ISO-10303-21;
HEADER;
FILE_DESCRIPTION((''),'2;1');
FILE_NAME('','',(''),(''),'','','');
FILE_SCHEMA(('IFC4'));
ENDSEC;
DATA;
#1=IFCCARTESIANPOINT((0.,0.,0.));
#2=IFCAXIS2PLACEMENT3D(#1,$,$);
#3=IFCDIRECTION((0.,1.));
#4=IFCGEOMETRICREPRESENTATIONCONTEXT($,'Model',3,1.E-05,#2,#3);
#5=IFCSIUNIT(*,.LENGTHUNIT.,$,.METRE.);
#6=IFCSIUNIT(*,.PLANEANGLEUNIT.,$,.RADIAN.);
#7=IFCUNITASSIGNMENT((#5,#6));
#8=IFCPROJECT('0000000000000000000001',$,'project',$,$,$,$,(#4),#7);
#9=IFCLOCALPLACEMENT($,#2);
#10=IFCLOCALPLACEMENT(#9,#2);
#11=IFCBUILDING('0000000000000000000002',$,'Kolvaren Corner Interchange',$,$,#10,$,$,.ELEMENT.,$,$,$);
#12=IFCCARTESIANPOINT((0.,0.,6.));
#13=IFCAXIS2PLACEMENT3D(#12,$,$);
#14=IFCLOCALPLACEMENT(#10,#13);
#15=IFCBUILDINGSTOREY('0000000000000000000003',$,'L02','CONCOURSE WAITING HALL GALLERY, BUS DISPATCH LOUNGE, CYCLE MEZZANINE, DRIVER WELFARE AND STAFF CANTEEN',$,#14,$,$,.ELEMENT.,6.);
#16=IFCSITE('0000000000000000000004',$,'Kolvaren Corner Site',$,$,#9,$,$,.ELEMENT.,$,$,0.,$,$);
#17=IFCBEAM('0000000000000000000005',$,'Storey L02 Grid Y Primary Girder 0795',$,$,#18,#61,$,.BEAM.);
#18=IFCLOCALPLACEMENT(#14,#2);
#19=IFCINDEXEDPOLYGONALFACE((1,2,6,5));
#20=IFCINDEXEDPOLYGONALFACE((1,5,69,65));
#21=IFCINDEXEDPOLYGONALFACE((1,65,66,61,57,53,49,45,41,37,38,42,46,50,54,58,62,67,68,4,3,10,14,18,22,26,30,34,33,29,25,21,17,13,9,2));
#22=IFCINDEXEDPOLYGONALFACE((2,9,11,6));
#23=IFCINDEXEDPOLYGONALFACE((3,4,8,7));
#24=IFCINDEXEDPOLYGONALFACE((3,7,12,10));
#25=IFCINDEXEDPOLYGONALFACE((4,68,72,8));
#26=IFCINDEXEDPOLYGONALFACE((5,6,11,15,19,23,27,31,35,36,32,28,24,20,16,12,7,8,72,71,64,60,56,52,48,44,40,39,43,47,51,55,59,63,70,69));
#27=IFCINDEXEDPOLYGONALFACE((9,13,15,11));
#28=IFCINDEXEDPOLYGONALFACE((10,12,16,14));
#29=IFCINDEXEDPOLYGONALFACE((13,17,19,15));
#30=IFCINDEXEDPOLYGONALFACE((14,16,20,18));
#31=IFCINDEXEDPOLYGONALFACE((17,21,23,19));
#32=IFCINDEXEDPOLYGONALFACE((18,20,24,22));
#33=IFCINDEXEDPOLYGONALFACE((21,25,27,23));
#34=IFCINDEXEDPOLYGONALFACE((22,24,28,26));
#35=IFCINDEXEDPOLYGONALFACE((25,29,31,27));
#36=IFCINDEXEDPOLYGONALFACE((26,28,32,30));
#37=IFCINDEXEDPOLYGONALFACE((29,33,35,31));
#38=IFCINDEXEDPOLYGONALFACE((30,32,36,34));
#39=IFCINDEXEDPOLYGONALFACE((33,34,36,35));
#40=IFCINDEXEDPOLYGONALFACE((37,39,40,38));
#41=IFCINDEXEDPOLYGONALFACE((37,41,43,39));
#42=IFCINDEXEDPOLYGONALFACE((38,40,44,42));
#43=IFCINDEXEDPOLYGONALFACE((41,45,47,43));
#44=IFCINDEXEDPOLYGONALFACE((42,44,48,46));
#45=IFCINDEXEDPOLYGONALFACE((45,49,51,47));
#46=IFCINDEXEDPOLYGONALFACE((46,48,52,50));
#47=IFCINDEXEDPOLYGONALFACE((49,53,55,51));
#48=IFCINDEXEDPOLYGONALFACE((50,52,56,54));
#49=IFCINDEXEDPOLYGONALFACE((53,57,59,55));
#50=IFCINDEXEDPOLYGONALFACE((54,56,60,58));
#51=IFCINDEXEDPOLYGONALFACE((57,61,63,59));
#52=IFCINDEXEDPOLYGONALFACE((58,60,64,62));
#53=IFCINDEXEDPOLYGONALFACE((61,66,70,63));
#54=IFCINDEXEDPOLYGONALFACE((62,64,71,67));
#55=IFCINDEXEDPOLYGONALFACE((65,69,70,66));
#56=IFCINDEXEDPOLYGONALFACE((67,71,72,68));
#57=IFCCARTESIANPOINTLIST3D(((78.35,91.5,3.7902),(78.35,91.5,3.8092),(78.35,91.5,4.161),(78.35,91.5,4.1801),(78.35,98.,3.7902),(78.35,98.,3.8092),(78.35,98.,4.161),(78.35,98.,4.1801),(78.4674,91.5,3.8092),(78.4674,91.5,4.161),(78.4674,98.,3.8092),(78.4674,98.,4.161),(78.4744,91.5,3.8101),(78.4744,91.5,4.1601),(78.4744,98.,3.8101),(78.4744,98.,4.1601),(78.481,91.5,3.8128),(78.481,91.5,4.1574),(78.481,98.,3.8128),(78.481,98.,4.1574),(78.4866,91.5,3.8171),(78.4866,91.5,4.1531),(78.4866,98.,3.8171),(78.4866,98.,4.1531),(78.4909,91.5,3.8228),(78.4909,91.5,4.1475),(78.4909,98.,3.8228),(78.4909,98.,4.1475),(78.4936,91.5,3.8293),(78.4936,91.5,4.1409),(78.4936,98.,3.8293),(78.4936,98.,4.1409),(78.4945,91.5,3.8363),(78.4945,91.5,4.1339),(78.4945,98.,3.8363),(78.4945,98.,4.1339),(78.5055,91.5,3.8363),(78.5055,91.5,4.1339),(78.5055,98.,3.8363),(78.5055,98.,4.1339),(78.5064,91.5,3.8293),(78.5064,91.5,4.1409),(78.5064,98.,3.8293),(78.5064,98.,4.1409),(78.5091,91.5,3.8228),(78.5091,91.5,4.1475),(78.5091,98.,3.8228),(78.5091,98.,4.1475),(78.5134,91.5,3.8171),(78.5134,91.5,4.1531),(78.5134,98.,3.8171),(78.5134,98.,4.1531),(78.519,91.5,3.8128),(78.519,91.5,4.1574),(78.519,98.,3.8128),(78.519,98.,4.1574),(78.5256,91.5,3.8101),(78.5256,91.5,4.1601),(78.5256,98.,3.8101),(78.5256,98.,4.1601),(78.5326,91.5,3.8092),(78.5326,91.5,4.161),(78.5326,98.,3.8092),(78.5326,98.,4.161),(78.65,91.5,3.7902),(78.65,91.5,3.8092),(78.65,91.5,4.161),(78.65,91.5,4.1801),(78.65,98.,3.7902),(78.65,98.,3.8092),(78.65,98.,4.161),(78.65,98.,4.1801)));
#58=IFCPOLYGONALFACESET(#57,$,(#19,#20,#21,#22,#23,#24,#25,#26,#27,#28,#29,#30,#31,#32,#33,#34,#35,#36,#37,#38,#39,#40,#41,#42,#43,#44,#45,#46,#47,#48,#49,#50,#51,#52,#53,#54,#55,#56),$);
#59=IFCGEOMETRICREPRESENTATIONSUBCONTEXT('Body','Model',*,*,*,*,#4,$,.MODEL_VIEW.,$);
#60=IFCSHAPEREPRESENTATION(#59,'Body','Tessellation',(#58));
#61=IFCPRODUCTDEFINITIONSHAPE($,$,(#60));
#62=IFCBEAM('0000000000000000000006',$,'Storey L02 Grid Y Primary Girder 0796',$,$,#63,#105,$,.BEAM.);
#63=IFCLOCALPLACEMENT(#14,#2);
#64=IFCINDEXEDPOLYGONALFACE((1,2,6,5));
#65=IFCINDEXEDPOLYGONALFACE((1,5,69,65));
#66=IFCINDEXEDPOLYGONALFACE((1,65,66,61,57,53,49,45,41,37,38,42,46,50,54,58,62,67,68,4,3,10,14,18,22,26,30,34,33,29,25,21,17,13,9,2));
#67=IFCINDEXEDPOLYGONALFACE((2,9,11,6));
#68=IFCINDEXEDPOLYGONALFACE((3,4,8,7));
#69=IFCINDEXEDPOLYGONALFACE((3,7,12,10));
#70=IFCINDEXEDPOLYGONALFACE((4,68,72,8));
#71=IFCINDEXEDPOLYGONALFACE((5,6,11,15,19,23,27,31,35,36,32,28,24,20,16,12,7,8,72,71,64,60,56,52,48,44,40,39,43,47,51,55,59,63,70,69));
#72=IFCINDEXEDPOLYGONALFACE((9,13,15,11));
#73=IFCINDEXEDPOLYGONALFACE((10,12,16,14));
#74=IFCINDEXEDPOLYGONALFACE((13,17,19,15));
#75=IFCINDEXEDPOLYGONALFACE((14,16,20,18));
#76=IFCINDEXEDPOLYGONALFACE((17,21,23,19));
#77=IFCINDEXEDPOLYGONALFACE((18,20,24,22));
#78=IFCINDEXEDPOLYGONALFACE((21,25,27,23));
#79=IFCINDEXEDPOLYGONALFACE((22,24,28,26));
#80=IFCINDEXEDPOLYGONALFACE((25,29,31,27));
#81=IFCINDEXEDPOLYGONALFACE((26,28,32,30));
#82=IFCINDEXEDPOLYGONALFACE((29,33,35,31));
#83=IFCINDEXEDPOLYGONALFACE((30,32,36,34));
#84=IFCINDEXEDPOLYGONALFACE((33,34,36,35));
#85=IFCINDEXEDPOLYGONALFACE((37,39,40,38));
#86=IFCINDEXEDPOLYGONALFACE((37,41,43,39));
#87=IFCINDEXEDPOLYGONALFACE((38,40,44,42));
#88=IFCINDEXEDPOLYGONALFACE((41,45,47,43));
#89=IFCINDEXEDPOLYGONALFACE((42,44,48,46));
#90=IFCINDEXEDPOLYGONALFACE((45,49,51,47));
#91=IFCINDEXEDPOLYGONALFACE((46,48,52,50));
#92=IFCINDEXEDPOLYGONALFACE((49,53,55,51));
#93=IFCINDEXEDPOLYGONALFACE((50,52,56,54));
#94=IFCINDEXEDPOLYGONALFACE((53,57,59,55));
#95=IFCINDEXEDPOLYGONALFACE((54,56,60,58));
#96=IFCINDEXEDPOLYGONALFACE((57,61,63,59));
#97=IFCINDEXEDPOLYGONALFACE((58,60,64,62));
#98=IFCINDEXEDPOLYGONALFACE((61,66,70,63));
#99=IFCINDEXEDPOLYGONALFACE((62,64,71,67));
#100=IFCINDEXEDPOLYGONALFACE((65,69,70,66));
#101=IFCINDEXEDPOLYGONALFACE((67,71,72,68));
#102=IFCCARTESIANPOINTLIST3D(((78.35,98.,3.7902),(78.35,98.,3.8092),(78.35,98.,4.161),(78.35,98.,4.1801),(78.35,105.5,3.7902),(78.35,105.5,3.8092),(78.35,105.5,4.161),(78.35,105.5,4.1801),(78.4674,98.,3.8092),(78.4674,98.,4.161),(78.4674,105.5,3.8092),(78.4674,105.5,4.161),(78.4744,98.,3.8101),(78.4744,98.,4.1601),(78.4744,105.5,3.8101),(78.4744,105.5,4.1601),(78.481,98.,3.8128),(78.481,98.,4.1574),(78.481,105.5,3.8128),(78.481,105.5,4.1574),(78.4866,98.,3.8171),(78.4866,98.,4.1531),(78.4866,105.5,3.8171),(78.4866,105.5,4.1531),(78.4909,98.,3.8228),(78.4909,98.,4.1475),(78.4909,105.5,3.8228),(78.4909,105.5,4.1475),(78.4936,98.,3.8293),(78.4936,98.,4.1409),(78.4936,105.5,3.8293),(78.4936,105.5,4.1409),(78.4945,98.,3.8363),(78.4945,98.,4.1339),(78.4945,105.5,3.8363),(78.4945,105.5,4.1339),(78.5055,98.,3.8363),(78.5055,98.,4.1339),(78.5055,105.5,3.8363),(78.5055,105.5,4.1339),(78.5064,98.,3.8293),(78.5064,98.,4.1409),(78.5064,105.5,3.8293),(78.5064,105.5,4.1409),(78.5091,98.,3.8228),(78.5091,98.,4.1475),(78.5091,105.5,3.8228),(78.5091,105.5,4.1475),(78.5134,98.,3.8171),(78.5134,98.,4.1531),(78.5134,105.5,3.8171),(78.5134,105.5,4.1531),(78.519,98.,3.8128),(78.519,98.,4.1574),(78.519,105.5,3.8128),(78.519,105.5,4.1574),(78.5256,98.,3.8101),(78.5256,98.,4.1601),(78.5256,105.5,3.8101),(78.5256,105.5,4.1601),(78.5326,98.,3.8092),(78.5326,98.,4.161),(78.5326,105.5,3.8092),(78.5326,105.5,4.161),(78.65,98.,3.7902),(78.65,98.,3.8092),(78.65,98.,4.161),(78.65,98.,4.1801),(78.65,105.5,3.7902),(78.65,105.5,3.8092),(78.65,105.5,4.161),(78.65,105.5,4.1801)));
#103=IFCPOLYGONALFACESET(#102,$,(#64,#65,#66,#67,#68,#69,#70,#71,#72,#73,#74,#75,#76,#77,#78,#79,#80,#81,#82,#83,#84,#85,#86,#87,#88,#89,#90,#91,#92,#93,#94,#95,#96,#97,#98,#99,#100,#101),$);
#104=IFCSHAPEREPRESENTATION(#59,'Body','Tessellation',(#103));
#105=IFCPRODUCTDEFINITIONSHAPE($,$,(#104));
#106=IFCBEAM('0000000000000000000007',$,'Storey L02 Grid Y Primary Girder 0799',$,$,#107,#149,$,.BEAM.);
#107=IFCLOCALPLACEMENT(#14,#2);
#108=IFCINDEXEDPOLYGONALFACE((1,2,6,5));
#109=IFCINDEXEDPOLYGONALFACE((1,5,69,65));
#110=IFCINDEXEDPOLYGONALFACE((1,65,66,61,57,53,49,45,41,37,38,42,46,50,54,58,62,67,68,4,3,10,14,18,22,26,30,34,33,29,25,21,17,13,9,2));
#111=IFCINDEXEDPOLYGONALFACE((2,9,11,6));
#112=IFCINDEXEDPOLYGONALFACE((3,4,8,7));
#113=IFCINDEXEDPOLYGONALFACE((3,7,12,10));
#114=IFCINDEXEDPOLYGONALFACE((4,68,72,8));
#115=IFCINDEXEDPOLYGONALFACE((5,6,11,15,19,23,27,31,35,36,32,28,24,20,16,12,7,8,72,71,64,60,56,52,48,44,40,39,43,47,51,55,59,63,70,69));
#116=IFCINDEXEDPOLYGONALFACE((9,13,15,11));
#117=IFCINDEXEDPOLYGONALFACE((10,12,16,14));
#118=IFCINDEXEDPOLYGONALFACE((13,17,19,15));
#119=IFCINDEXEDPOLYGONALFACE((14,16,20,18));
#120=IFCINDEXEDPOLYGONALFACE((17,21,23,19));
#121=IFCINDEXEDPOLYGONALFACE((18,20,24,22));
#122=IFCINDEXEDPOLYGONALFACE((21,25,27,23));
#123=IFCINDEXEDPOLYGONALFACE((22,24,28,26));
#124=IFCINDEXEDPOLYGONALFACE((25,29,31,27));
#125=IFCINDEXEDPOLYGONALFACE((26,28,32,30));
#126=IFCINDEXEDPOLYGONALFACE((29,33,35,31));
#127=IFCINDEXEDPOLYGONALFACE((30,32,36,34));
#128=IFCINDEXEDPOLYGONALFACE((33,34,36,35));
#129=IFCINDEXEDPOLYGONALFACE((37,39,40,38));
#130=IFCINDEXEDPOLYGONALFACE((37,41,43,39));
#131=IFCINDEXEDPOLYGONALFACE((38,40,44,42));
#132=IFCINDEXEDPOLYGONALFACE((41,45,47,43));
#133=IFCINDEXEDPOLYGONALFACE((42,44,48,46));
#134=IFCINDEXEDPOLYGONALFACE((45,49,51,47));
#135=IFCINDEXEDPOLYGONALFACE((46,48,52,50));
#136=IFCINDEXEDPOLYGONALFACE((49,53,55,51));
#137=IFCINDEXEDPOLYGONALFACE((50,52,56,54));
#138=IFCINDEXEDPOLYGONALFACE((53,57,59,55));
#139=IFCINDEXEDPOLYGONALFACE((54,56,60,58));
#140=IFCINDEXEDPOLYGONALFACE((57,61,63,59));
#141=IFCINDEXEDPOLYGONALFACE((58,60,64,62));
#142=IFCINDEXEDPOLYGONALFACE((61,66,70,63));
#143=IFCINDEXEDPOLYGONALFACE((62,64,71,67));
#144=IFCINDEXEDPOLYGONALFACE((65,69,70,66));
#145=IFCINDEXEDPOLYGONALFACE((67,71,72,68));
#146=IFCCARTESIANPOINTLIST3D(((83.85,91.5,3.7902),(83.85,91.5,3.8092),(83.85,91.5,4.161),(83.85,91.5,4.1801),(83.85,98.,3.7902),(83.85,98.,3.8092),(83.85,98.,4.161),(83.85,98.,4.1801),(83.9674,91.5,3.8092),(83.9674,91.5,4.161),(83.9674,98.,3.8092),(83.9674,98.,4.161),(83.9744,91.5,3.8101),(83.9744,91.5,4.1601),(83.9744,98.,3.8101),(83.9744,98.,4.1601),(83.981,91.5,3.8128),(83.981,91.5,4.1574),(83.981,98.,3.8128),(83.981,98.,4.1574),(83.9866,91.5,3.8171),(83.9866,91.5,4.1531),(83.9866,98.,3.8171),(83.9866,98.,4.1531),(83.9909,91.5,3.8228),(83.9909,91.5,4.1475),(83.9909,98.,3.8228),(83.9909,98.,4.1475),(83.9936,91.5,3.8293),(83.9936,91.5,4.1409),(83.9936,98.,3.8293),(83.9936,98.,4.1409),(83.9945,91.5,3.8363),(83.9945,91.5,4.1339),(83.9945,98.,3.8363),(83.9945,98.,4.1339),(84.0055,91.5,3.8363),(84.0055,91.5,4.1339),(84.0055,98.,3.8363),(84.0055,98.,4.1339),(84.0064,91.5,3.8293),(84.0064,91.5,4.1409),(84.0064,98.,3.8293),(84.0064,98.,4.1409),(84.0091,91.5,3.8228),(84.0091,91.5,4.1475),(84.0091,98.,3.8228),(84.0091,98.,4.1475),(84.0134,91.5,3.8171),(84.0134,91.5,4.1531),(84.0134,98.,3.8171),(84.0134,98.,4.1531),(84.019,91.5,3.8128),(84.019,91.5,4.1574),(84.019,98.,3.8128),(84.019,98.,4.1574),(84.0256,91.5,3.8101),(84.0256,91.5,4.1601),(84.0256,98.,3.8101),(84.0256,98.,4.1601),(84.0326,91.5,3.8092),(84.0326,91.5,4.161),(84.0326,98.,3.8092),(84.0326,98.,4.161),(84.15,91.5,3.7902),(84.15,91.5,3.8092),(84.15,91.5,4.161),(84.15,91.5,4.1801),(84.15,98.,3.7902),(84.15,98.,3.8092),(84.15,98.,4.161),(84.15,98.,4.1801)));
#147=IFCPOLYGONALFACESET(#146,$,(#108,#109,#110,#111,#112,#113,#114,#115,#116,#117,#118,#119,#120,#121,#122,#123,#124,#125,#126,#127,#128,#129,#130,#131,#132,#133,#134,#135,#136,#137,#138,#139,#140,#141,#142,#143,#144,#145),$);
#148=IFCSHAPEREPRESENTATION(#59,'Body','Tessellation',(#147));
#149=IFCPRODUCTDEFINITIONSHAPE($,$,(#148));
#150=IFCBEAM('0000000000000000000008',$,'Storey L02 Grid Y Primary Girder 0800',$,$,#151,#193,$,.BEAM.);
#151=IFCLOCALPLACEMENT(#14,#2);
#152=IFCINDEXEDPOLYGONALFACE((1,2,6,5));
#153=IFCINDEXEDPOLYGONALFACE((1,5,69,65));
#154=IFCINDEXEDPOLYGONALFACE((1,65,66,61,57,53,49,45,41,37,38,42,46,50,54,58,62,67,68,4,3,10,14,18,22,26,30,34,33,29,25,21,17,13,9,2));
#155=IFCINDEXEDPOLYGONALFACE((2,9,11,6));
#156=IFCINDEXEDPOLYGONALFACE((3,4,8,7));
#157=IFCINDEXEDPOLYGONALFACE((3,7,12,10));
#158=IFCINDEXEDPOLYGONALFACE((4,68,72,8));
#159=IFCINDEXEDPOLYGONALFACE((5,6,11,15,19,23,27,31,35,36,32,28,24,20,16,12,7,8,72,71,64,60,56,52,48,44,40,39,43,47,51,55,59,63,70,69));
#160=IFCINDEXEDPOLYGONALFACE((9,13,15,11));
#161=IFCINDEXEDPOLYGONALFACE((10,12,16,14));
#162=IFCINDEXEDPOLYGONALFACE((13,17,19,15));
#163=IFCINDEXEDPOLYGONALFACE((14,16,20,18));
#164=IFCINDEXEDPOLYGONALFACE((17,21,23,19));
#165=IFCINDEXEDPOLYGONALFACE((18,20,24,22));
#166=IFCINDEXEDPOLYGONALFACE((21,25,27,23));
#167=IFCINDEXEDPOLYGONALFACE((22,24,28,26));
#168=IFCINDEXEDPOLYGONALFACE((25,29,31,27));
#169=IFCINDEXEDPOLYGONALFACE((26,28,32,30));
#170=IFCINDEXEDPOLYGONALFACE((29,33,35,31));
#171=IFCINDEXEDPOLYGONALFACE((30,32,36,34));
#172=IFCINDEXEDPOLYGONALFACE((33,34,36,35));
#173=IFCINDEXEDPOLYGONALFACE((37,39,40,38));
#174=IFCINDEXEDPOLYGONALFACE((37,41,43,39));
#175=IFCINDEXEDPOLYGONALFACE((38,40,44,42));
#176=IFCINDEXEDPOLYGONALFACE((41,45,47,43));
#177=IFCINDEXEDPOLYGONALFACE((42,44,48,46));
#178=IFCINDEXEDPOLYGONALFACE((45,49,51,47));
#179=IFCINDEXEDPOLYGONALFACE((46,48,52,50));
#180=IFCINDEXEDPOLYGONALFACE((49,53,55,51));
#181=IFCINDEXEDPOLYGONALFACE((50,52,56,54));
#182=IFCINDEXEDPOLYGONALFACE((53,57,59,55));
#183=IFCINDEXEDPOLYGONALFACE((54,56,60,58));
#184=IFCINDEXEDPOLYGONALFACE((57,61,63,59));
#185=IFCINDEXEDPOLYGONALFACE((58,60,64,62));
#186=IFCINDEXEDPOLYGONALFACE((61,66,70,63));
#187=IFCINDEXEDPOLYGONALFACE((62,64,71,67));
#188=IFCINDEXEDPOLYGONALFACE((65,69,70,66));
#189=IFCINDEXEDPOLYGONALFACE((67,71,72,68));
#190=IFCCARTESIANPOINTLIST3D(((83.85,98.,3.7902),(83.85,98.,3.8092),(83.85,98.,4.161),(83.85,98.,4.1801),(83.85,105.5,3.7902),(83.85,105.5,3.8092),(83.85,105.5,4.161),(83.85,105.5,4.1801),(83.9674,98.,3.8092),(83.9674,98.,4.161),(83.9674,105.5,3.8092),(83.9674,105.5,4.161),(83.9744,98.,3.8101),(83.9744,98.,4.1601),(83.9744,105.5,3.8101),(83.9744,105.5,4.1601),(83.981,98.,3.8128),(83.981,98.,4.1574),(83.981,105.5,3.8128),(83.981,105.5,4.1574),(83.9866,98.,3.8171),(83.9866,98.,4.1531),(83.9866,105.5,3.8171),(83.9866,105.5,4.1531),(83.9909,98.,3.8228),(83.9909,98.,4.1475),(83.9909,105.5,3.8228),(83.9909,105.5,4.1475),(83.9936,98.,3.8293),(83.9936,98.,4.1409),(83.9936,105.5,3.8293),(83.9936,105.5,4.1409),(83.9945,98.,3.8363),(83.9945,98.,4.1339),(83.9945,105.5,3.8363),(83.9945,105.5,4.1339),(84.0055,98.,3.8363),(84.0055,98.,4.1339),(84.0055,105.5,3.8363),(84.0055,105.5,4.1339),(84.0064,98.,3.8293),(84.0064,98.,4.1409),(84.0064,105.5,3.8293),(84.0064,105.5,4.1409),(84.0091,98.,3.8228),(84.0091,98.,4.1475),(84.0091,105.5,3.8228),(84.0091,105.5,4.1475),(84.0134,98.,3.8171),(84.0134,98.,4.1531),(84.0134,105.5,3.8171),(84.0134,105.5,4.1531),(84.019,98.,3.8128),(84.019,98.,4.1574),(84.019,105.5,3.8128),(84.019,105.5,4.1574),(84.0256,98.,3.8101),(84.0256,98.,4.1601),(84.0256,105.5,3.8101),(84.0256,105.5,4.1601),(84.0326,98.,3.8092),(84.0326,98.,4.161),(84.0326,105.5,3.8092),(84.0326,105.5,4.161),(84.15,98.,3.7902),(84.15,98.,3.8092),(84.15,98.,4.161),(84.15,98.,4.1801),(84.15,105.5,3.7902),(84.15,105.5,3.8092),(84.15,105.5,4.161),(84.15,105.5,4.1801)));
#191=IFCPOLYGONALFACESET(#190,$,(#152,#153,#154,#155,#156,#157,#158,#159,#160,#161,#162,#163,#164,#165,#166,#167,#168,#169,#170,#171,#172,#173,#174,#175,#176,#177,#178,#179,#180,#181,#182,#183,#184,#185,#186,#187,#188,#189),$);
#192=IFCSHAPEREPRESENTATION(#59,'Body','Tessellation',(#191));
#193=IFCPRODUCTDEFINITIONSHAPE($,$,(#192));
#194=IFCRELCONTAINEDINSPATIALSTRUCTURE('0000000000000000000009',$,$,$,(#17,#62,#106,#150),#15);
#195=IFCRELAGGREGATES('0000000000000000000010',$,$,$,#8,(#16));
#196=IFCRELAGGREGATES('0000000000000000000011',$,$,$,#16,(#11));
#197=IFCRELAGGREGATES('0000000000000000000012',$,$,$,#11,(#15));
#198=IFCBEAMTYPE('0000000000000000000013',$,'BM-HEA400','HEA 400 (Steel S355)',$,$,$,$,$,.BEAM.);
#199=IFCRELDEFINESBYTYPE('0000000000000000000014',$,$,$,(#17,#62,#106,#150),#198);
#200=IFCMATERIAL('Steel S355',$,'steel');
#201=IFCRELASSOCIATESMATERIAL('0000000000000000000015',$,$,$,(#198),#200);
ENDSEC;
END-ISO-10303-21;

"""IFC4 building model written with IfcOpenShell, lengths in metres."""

from ifc_helpers import new_model, si_unit, direction, frame, origin, origin_2d, place, context, subcontext, project, spatial, i_section, extrude, material, material_profile, profile_set, type_object, element, save


model = new_model("IFC4")

# Units and contexts
model_context = context("Model", 3, precision=1e-05, world=origin(), true_north=direction((0.0, 1.0)))
body_context = subcontext(model_context, "Body", "Model", "MODEL_VIEW")
ifc_project = project(units=[si_unit("LENGTHUNIT", "METRE"), si_unit("PLANEANGLEUNIT", "RADIAN")], contexts=[model_context])

# Site, building, storey
site_placement = place(None, origin())
site = spatial("IfcSite", under=ifc_project, at=site_placement, Name="Kolvaren Corner Site", CompositionType="ELEMENT", RefElevation=0.0)
building_placement = place(site_placement, origin())
building = spatial("IfcBuilding", under=site, at=building_placement, Name="Kolvaren Corner Interchange", CompositionType="ELEMENT")
storey_placement = place(building_placement, frame((0.0, 0.0, 6.0)))
storey = spatial("IfcBuildingStorey", under=building, at=storey_placement, Name="L02", Description="CONCOURSE WAITING HALL GALLERY, BUS DISPATCH LOUNGE, CYCLE MEZZANINE, DRIVER WELFARE AND STAFF CANTEEN", CompositionType="ELEMENT", Elevation=6.0)

# Beams
ifc_material_1 = material(Name="Steel S355", Category="steel")
ifc_material_profile_1 = material_profile(ifc_material_1, i_section(OverallWidth=0.3, OverallDepth=0.3899, WebThickness=0.011, FlangeThickness=0.019, FilletRadius=0.0271, at=origin_2d()), Name="HEA 400")
ifc_profile_set_1 = profile_set([ifc_material_profile_1], Name="Steel S355")
beam_type_1 = type_object("IfcBeamType", Name="BM-HEA400", Description="HEA 400 (Steel S355)", PredefinedType="BEAM", material=ifc_profile_set_1)
beam_1_placement = place(storey_placement, frame((78.5, 91.5, 3.9851), z_axis=(0.0, 1.0, 0.0), x_axis=(-1.0, 0.0, 0.0)))
element("IfcBeam", 1, at=beam_1_placement, inside=storey, type_object=beam_type_1, Name="Storey L02 Grid Y Primary Girder 0795", PredefinedType="BEAM", context=body_context, shape_type="SweptSolid", body=[
    extrude(i_section(OverallWidth=0.3, OverallDepth=0.3899, WebThickness=0.011, FlangeThickness=0.019, FilletRadius=0.0271, at=origin_2d()), origin(), (0.0, 0.0, 1.0), 6.5),
])
beam_2_placement = place(storey_placement, frame((78.5, 98.0, 3.9851), z_axis=(0.0, 1.0, 0.0), x_axis=(-1.0, 0.0, 0.0)))
element("IfcBeam", 2, at=beam_2_placement, inside=storey, type_object=beam_type_1, Name="Storey L02 Grid Y Primary Girder 0796", PredefinedType="BEAM", context=body_context, shape_type="SweptSolid", body=[
    extrude(i_section(OverallWidth=0.3, OverallDepth=0.3899, WebThickness=0.011, FlangeThickness=0.019, FilletRadius=0.0271, at=origin_2d()), origin(), (0.0, 0.0, 1.0), 7.5),
])
beam_3_placement = place(storey_placement, frame((84.0, 91.5, 3.9851), z_axis=(0.0, 1.0, 0.0), x_axis=(-1.0, 0.0, 0.0)))
element("IfcBeam", 3, at=beam_3_placement, inside=storey, type_object=beam_type_1, Name="Storey L02 Grid Y Primary Girder 0799", PredefinedType="BEAM", context=body_context, shape_type="SweptSolid", body=[
    extrude(i_section(OverallWidth=0.3, OverallDepth=0.3899, WebThickness=0.011, FlangeThickness=0.019, FilletRadius=0.0271, at=origin_2d()), origin(), (0.0, 0.0, 1.0), 6.5),
])
beam_4_placement = place(storey_placement, frame((84.0, 98.0, 3.9851), z_axis=(0.0, 1.0, 0.0), x_axis=(-1.0, 0.0, 0.0)))
element("IfcBeam", 4, at=beam_4_placement, inside=storey, type_object=beam_type_1, Name="Storey L02 Grid Y Primary Girder 0800", PredefinedType="BEAM", context=body_context, shape_type="SweptSolid", body=[
    extrude(i_section(OverallWidth=0.3, OverallDepth=0.3899, WebThickness=0.011, FlangeThickness=0.019, FilletRadius=0.0271, at=origin_2d()), origin(), (0.0, 0.0, 1.0), 7.5),
])

save(model, "model.ifc")
